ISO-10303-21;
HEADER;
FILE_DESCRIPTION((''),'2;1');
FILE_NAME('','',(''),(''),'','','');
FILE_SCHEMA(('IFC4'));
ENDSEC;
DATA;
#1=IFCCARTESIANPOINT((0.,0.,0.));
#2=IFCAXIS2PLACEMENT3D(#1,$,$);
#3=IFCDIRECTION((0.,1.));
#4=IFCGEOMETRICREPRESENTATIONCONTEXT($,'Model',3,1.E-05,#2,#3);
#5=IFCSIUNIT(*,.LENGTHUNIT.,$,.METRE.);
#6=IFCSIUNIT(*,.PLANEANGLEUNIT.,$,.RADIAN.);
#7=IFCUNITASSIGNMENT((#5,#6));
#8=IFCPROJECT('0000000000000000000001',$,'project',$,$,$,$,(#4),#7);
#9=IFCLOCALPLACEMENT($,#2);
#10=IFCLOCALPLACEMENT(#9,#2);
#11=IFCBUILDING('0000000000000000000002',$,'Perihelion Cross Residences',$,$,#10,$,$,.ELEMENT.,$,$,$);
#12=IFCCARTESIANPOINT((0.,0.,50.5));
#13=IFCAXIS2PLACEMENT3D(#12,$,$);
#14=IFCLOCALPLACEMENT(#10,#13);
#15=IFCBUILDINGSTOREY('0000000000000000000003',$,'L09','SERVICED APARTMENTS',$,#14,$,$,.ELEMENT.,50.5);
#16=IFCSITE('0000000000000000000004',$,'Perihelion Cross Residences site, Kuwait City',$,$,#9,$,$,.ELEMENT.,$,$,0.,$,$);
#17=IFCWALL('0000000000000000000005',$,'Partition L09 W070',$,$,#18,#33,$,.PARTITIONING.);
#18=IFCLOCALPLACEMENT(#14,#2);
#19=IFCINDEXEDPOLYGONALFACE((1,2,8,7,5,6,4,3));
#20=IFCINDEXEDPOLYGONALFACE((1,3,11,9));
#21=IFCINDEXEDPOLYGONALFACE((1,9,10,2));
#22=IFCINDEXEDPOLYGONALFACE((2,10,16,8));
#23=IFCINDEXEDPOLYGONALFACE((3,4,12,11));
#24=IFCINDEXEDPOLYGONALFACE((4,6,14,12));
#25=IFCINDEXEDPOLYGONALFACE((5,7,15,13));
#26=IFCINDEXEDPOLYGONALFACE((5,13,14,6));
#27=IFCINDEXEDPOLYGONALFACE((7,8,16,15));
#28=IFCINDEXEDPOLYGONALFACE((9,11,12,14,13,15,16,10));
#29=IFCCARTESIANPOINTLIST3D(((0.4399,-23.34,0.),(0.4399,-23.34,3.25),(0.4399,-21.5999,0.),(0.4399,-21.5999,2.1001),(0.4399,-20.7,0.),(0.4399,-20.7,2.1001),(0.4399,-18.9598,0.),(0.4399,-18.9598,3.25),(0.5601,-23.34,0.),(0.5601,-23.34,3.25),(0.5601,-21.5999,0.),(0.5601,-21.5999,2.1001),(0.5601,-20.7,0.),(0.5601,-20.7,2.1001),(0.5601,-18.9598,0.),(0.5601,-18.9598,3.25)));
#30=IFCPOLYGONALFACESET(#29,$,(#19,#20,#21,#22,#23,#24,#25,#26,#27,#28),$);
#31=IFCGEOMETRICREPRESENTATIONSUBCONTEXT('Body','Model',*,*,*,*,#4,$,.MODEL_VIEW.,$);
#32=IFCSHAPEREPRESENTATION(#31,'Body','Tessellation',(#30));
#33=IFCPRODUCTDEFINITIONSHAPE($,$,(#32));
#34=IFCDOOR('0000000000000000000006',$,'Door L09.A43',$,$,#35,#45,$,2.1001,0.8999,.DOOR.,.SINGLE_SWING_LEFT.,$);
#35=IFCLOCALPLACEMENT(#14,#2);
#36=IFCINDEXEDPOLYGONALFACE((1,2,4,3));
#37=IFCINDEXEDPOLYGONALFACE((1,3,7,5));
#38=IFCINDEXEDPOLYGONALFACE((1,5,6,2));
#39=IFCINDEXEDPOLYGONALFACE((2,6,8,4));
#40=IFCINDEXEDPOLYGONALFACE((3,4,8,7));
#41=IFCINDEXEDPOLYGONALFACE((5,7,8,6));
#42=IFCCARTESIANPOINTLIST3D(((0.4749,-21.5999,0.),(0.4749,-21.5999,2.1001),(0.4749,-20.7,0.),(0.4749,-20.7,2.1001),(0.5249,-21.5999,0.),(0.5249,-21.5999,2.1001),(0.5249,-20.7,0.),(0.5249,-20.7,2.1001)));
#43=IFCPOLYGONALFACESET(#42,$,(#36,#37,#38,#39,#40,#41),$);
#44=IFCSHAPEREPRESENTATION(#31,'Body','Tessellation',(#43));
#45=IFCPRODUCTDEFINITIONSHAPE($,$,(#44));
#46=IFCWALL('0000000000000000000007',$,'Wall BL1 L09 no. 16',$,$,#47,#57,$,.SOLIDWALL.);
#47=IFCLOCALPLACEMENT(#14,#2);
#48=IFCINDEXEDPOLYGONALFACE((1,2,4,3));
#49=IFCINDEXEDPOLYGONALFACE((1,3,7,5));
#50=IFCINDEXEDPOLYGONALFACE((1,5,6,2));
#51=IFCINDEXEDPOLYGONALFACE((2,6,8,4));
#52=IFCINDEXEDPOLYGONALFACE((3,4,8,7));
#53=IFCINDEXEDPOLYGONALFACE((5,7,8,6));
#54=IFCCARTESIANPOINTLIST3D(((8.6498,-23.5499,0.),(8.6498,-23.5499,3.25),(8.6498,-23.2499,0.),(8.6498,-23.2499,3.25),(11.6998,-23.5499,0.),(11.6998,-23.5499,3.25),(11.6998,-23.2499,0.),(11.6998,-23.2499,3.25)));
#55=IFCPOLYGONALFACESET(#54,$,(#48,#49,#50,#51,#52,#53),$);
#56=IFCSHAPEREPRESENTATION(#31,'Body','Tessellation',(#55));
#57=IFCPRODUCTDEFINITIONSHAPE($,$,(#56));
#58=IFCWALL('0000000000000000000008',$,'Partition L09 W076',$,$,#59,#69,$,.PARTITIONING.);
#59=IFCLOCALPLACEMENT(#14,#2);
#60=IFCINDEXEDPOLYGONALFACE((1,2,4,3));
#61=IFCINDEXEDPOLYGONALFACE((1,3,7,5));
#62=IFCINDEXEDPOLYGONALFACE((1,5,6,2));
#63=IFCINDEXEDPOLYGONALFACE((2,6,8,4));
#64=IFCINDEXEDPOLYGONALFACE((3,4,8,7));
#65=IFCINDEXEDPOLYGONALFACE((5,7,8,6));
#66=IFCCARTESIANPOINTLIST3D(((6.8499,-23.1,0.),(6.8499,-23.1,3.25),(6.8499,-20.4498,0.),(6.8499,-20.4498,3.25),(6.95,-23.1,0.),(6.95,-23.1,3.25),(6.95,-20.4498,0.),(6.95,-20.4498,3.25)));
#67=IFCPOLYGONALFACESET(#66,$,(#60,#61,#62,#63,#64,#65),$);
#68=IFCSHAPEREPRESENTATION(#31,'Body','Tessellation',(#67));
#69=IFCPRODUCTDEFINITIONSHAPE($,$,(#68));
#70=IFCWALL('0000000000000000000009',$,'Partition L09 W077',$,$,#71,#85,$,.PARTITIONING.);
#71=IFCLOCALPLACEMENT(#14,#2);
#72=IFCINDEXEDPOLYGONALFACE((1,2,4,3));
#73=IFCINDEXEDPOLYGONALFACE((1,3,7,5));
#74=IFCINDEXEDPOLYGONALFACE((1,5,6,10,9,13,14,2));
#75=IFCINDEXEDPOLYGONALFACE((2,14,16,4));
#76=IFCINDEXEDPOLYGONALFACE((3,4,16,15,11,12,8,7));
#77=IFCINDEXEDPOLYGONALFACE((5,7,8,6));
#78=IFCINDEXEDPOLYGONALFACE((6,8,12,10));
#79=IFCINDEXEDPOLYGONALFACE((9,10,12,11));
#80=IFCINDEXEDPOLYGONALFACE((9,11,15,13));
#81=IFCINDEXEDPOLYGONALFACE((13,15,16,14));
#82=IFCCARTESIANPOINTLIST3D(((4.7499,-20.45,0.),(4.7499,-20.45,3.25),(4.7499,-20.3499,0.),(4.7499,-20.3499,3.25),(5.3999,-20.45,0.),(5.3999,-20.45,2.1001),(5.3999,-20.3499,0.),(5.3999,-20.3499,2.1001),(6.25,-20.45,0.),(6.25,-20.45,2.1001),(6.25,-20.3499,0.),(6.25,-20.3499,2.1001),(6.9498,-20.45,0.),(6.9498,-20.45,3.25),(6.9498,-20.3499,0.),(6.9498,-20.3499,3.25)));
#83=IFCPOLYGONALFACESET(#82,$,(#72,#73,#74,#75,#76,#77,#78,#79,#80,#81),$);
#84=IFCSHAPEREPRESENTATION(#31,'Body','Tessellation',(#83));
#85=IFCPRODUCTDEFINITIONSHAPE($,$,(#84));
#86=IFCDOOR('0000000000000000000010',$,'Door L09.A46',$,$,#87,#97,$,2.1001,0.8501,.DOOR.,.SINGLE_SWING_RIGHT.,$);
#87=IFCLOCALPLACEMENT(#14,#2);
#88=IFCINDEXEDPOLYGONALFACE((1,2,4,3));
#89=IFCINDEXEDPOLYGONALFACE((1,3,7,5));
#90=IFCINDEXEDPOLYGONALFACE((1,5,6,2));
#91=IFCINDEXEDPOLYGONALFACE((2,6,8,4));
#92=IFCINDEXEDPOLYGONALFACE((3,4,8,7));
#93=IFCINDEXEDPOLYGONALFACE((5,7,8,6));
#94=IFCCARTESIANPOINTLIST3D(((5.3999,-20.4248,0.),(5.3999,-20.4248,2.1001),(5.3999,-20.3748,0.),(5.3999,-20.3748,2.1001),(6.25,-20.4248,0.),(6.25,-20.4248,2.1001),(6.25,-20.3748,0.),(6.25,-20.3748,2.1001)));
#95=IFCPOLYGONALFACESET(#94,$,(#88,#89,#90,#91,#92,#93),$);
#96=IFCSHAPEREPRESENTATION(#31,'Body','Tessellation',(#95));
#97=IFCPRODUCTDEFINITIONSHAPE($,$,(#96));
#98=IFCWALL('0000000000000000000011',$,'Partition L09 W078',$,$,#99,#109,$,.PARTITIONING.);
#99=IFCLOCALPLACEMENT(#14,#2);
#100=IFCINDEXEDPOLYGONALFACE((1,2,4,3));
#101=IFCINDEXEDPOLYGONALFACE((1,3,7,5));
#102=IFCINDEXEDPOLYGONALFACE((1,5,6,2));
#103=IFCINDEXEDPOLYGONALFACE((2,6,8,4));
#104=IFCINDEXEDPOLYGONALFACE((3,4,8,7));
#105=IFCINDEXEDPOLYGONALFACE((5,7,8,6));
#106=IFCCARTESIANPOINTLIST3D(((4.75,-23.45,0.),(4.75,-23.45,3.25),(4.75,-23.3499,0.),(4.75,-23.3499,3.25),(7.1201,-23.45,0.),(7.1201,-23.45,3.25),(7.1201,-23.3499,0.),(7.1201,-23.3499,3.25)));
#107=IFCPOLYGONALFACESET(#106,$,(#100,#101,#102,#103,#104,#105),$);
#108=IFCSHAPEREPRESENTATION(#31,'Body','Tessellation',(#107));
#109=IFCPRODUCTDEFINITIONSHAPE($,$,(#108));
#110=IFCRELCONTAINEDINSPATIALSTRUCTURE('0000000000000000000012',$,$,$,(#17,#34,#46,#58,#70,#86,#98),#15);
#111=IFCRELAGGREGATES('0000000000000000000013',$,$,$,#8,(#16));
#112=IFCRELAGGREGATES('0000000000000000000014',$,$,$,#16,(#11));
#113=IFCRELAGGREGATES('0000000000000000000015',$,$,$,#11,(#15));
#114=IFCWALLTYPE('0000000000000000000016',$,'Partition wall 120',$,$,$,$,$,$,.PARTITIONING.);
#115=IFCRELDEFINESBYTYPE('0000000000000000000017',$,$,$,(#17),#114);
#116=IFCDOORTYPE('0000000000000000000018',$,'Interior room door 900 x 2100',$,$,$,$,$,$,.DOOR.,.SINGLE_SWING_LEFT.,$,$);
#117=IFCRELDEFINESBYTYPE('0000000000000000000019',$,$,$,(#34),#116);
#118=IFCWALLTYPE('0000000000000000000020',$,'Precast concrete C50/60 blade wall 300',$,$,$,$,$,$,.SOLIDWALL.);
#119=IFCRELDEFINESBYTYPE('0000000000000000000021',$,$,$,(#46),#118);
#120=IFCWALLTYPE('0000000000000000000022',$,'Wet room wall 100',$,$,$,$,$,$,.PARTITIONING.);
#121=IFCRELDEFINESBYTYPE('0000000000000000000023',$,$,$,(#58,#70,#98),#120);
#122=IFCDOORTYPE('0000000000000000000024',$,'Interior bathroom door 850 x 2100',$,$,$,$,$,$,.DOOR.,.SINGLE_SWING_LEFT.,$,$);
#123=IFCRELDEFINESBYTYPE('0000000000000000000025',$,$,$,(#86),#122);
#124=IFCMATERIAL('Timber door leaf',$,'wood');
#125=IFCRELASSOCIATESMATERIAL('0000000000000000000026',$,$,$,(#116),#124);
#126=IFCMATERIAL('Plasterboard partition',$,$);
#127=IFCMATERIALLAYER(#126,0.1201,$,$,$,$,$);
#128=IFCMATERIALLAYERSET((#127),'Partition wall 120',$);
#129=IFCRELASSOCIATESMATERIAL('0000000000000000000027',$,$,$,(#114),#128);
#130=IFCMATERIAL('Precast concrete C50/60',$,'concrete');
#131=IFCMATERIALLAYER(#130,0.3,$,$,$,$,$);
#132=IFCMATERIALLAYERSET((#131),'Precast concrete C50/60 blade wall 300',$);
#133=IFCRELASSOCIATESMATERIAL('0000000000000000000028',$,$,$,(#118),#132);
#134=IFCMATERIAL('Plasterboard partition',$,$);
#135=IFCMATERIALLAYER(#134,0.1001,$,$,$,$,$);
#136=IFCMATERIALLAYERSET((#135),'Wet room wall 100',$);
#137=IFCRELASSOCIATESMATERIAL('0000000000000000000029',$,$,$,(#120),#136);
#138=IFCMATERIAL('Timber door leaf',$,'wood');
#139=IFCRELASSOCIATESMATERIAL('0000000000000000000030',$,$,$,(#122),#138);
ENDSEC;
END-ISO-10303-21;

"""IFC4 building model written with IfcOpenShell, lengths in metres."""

from ifc_helpers import new_model, si_unit, direction, frame, frame_2d, origin, place, context, subcontext, project, spatial, rectangle, extrude, material, layer, layer_set, type_object, element, fill, save


model = new_model("IFC4")

# Units and contexts
model_context = context("Model", 3, precision=1e-05, world=origin(), true_north=direction((0.0, 1.0)))
body_context = subcontext(model_context, "Body", "Model", "MODEL_VIEW")
ifc_project = project(units=[si_unit("LENGTHUNIT", "METRE"), si_unit("PLANEANGLEUNIT", "RADIAN")], contexts=[model_context])

# Site, building, storey
site_placement = place(None, origin())
site = spatial("IfcSite", under=ifc_project, at=site_placement, Name="Perihelion Cross Residences site, Kuwait City", CompositionType="ELEMENT", RefElevation=0.0)
building_placement = place(site_placement, origin())
building = spatial("IfcBuilding", under=site, at=building_placement, Name="Perihelion Cross Residences", CompositionType="ELEMENT")
storey_placement = place(building_placement, frame((0.0, 0.0, 50.5)))
storey = spatial("IfcBuildingStorey", under=building, at=storey_placement, Name="L09", Description="SERVICED APARTMENTS", CompositionType="ELEMENT", Elevation=50.5)

# Wall, opening, door
ifc_material_1 = material(Name="Timber door leaf", Category="wood")
door_type_1 = type_object("IfcDoorType", Name="Interior room door 900 x 2100", OperationType="SINGLE_SWING_LEFT", PredefinedType="DOOR", material=ifc_material_1)
ifc_material_2 = material(Name="Plasterboard partition")
ifc_layer_1 = layer(ifc_material_2, 0.1201)
ifc_layer_set_1 = layer_set([ifc_layer_1], Name="Partition wall 120")
wall_type_1 = type_object("IfcWallType", Name="Partition wall 120", PredefinedType="PARTITIONING", material=ifc_layer_set_1)
wall_1_placement = place(storey_placement, frame((0.5, -18.96, 0.0), z_axis=(0.0, 0.0, 1.0), x_axis=(0.0, -1.0, 0.0)))
wall_1 = element("IfcWall", 1, at=wall_1_placement, inside=storey, type_object=wall_type_1, Name="Partition L09 W070", PredefinedType="PARTITIONING", context=body_context, shape_type="SweptSolid", body=[
    extrude(rectangle(XDim=4.3801, YDim=0.1201, at=frame_2d((2.1899, 0.0))), origin(), (0.0, 0.0, 1.0), 3.25),
])
opening_1_placement = place(wall_1_placement, frame((1.74, 0.0, 0.0)))
opening_1 = element("IfcOpeningElement", 2, at=opening_1_placement, cuts=wall_1, PredefinedType="OPENING", context=body_context, shape_type="SweptSolid", body=[
    extrude(rectangle(XDim=0.8999, YDim=2.1001, at=frame_2d((0.45, 1.05))), frame((0.0, 0.0701, 0.0), z_axis=(0.0, -1.0, 0.0), x_axis=(1.0, 0.0, 0.0)), (0.0, 0.0, 1.0), 0.1401),
])
door_1_placement = place(opening_1_placement, origin())
door_1 = element("IfcDoor", 3, at=door_1_placement, inside=storey, type_object=door_type_1, Name="Door L09.A43", OperationType="SINGLE_SWING_LEFT", OverallHeight=2.1001, OverallWidth=0.8999, PredefinedType="DOOR", context=body_context, shape_type="SweptSolid", body=[
    extrude(rectangle(XDim=0.8999, YDim=2.1001, at=frame_2d((0.45, 1.05))), frame((0.0, 0.0249, 0.0), z_axis=(0.0, -1.0, 0.0), x_axis=(1.0, 0.0, 0.0)), (0.0, 0.0, 1.0), 0.05),
])
fill(opening_1, door_1)

# Walls
ifc_material_3 = material(Name="Precast concrete C50/60", Category="concrete")
ifc_layer_2 = layer(ifc_material_3, 0.3)
ifc_layer_set_2 = layer_set([ifc_layer_2], Name="Precast concrete C50/60 blade wall 300")
wall_type_2 = type_object("IfcWallType", Name="Precast concrete C50/60 blade wall 300", PredefinedType="SOLIDWALL", material=ifc_layer_set_2)
wall_2_placement = place(storey_placement, frame((8.6499, -23.3999, 0.0), z_axis=(0.0, 0.0, 1.0), x_axis=(1.0, 0.0, 0.0)))
element("IfcWall", 4, at=wall_2_placement, inside=storey, type_object=wall_type_2, Name="Wall BL1 L09 no. 16", PredefinedType="SOLIDWALL", context=body_context, shape_type="SweptSolid", body=[
    extrude(rectangle(XDim=3.05, YDim=0.3, at=frame_2d((1.5249, 0.0))), origin(), (0.0, 0.0, 1.0), 3.25),
])
ifc_material_4 = material(Name="Plasterboard partition")
ifc_layer_3 = layer(ifc_material_4, 0.1001)
ifc_layer_set_3 = layer_set([ifc_layer_3], Name="Wet room wall 100")
wall_type_3 = type_object("IfcWallType", Name="Wet room wall 100", PredefinedType="PARTITIONING", material=ifc_layer_set_3)
wall_3_placement = place(storey_placement, frame((6.8999, -23.1001, 0.0), z_axis=(0.0, 0.0, 1.0), x_axis=(0.0, 1.0, 0.0)))
element("IfcWall", 5, at=wall_3_placement, inside=storey, type_object=wall_type_3, Name="Partition L09 W076", PredefinedType="PARTITIONING", context=body_context, shape_type="SweptSolid", body=[
    extrude(rectangle(XDim=2.6501, YDim=0.1001, at=frame_2d((1.3252, 0.0))), origin(), (0.0, 0.0, 1.0), 3.25),
])

# Wall, opening, door
wall_4_placement = place(storey_placement, frame((6.95, -20.3999, 0.0), z_axis=(0.0, 0.0, 1.0), x_axis=(-1.0, 0.0, 0.0)))
wall_4 = element("IfcWall", 6, at=wall_4_placement, inside=storey, type_object=wall_type_3, Name="Partition L09 W077", PredefinedType="PARTITIONING", context=body_context, shape_type="SweptSolid", body=[
    extrude(rectangle(XDim=2.2, YDim=0.1001, at=frame_2d((1.1001, 0.0))), origin(), (0.0, 0.0, 1.0), 3.25),
])
opening_2_placement = place(wall_4_placement, frame((0.7, 0.0, 0.0)))
opening_2 = element("IfcOpeningElement", 7, at=opening_2_placement, cuts=wall_4, PredefinedType="OPENING", context=body_context, shape_type="SweptSolid", body=[
    extrude(rectangle(XDim=0.8501, YDim=2.1001, at=frame_2d((0.425, 1.05))), frame((0.0, 0.0601, 0.0), z_axis=(0.0, -1.0, 0.0), x_axis=(1.0, 0.0, 0.0)), (0.0, 0.0, 1.0), 0.1201),
])
ifc_material_5 = material(Name="Timber door leaf", Category="wood")
door_type_2 = type_object("IfcDoorType", Name="Interior bathroom door 850 x 2100", OperationType="SINGLE_SWING_LEFT", PredefinedType="DOOR", material=ifc_material_5)
door_2_placement = place(opening_2_placement, origin())
door_2 = element("IfcDoor", 8, at=door_2_placement, inside=storey, type_object=door_type_2, Name="Door L09.A46", OperationType="SINGLE_SWING_RIGHT", OverallHeight=2.1001, OverallWidth=0.8501, PredefinedType="DOOR", context=body_context, shape_type="SweptSolid", body=[
    extrude(rectangle(XDim=0.8501, YDim=2.1001, at=frame_2d((0.425, 1.05))), frame((0.0, 0.0249, 0.0), z_axis=(0.0, -1.0, 0.0), x_axis=(1.0, 0.0, 0.0)), (0.0, 0.0, 1.0), 0.05),
])
fill(opening_2, door_2)

# Wall
wall_5_placement = place(storey_placement, frame((7.1201, -23.3999, 0.0), z_axis=(0.0, 0.0, 1.0), x_axis=(-1.0, 0.0, 0.0)))
element("IfcWall", 9, at=wall_5_placement, inside=storey, type_object=wall_type_3, Name="Partition L09 W078", PredefinedType="PARTITIONING", context=body_context, shape_type="SweptSolid", body=[
    extrude(rectangle(XDim=2.3701, YDim=0.1001, at=frame_2d((1.1851, 0.0))), origin(), (0.0, 0.0, 1.0), 3.25),
])

save(model, "model.ifc")
